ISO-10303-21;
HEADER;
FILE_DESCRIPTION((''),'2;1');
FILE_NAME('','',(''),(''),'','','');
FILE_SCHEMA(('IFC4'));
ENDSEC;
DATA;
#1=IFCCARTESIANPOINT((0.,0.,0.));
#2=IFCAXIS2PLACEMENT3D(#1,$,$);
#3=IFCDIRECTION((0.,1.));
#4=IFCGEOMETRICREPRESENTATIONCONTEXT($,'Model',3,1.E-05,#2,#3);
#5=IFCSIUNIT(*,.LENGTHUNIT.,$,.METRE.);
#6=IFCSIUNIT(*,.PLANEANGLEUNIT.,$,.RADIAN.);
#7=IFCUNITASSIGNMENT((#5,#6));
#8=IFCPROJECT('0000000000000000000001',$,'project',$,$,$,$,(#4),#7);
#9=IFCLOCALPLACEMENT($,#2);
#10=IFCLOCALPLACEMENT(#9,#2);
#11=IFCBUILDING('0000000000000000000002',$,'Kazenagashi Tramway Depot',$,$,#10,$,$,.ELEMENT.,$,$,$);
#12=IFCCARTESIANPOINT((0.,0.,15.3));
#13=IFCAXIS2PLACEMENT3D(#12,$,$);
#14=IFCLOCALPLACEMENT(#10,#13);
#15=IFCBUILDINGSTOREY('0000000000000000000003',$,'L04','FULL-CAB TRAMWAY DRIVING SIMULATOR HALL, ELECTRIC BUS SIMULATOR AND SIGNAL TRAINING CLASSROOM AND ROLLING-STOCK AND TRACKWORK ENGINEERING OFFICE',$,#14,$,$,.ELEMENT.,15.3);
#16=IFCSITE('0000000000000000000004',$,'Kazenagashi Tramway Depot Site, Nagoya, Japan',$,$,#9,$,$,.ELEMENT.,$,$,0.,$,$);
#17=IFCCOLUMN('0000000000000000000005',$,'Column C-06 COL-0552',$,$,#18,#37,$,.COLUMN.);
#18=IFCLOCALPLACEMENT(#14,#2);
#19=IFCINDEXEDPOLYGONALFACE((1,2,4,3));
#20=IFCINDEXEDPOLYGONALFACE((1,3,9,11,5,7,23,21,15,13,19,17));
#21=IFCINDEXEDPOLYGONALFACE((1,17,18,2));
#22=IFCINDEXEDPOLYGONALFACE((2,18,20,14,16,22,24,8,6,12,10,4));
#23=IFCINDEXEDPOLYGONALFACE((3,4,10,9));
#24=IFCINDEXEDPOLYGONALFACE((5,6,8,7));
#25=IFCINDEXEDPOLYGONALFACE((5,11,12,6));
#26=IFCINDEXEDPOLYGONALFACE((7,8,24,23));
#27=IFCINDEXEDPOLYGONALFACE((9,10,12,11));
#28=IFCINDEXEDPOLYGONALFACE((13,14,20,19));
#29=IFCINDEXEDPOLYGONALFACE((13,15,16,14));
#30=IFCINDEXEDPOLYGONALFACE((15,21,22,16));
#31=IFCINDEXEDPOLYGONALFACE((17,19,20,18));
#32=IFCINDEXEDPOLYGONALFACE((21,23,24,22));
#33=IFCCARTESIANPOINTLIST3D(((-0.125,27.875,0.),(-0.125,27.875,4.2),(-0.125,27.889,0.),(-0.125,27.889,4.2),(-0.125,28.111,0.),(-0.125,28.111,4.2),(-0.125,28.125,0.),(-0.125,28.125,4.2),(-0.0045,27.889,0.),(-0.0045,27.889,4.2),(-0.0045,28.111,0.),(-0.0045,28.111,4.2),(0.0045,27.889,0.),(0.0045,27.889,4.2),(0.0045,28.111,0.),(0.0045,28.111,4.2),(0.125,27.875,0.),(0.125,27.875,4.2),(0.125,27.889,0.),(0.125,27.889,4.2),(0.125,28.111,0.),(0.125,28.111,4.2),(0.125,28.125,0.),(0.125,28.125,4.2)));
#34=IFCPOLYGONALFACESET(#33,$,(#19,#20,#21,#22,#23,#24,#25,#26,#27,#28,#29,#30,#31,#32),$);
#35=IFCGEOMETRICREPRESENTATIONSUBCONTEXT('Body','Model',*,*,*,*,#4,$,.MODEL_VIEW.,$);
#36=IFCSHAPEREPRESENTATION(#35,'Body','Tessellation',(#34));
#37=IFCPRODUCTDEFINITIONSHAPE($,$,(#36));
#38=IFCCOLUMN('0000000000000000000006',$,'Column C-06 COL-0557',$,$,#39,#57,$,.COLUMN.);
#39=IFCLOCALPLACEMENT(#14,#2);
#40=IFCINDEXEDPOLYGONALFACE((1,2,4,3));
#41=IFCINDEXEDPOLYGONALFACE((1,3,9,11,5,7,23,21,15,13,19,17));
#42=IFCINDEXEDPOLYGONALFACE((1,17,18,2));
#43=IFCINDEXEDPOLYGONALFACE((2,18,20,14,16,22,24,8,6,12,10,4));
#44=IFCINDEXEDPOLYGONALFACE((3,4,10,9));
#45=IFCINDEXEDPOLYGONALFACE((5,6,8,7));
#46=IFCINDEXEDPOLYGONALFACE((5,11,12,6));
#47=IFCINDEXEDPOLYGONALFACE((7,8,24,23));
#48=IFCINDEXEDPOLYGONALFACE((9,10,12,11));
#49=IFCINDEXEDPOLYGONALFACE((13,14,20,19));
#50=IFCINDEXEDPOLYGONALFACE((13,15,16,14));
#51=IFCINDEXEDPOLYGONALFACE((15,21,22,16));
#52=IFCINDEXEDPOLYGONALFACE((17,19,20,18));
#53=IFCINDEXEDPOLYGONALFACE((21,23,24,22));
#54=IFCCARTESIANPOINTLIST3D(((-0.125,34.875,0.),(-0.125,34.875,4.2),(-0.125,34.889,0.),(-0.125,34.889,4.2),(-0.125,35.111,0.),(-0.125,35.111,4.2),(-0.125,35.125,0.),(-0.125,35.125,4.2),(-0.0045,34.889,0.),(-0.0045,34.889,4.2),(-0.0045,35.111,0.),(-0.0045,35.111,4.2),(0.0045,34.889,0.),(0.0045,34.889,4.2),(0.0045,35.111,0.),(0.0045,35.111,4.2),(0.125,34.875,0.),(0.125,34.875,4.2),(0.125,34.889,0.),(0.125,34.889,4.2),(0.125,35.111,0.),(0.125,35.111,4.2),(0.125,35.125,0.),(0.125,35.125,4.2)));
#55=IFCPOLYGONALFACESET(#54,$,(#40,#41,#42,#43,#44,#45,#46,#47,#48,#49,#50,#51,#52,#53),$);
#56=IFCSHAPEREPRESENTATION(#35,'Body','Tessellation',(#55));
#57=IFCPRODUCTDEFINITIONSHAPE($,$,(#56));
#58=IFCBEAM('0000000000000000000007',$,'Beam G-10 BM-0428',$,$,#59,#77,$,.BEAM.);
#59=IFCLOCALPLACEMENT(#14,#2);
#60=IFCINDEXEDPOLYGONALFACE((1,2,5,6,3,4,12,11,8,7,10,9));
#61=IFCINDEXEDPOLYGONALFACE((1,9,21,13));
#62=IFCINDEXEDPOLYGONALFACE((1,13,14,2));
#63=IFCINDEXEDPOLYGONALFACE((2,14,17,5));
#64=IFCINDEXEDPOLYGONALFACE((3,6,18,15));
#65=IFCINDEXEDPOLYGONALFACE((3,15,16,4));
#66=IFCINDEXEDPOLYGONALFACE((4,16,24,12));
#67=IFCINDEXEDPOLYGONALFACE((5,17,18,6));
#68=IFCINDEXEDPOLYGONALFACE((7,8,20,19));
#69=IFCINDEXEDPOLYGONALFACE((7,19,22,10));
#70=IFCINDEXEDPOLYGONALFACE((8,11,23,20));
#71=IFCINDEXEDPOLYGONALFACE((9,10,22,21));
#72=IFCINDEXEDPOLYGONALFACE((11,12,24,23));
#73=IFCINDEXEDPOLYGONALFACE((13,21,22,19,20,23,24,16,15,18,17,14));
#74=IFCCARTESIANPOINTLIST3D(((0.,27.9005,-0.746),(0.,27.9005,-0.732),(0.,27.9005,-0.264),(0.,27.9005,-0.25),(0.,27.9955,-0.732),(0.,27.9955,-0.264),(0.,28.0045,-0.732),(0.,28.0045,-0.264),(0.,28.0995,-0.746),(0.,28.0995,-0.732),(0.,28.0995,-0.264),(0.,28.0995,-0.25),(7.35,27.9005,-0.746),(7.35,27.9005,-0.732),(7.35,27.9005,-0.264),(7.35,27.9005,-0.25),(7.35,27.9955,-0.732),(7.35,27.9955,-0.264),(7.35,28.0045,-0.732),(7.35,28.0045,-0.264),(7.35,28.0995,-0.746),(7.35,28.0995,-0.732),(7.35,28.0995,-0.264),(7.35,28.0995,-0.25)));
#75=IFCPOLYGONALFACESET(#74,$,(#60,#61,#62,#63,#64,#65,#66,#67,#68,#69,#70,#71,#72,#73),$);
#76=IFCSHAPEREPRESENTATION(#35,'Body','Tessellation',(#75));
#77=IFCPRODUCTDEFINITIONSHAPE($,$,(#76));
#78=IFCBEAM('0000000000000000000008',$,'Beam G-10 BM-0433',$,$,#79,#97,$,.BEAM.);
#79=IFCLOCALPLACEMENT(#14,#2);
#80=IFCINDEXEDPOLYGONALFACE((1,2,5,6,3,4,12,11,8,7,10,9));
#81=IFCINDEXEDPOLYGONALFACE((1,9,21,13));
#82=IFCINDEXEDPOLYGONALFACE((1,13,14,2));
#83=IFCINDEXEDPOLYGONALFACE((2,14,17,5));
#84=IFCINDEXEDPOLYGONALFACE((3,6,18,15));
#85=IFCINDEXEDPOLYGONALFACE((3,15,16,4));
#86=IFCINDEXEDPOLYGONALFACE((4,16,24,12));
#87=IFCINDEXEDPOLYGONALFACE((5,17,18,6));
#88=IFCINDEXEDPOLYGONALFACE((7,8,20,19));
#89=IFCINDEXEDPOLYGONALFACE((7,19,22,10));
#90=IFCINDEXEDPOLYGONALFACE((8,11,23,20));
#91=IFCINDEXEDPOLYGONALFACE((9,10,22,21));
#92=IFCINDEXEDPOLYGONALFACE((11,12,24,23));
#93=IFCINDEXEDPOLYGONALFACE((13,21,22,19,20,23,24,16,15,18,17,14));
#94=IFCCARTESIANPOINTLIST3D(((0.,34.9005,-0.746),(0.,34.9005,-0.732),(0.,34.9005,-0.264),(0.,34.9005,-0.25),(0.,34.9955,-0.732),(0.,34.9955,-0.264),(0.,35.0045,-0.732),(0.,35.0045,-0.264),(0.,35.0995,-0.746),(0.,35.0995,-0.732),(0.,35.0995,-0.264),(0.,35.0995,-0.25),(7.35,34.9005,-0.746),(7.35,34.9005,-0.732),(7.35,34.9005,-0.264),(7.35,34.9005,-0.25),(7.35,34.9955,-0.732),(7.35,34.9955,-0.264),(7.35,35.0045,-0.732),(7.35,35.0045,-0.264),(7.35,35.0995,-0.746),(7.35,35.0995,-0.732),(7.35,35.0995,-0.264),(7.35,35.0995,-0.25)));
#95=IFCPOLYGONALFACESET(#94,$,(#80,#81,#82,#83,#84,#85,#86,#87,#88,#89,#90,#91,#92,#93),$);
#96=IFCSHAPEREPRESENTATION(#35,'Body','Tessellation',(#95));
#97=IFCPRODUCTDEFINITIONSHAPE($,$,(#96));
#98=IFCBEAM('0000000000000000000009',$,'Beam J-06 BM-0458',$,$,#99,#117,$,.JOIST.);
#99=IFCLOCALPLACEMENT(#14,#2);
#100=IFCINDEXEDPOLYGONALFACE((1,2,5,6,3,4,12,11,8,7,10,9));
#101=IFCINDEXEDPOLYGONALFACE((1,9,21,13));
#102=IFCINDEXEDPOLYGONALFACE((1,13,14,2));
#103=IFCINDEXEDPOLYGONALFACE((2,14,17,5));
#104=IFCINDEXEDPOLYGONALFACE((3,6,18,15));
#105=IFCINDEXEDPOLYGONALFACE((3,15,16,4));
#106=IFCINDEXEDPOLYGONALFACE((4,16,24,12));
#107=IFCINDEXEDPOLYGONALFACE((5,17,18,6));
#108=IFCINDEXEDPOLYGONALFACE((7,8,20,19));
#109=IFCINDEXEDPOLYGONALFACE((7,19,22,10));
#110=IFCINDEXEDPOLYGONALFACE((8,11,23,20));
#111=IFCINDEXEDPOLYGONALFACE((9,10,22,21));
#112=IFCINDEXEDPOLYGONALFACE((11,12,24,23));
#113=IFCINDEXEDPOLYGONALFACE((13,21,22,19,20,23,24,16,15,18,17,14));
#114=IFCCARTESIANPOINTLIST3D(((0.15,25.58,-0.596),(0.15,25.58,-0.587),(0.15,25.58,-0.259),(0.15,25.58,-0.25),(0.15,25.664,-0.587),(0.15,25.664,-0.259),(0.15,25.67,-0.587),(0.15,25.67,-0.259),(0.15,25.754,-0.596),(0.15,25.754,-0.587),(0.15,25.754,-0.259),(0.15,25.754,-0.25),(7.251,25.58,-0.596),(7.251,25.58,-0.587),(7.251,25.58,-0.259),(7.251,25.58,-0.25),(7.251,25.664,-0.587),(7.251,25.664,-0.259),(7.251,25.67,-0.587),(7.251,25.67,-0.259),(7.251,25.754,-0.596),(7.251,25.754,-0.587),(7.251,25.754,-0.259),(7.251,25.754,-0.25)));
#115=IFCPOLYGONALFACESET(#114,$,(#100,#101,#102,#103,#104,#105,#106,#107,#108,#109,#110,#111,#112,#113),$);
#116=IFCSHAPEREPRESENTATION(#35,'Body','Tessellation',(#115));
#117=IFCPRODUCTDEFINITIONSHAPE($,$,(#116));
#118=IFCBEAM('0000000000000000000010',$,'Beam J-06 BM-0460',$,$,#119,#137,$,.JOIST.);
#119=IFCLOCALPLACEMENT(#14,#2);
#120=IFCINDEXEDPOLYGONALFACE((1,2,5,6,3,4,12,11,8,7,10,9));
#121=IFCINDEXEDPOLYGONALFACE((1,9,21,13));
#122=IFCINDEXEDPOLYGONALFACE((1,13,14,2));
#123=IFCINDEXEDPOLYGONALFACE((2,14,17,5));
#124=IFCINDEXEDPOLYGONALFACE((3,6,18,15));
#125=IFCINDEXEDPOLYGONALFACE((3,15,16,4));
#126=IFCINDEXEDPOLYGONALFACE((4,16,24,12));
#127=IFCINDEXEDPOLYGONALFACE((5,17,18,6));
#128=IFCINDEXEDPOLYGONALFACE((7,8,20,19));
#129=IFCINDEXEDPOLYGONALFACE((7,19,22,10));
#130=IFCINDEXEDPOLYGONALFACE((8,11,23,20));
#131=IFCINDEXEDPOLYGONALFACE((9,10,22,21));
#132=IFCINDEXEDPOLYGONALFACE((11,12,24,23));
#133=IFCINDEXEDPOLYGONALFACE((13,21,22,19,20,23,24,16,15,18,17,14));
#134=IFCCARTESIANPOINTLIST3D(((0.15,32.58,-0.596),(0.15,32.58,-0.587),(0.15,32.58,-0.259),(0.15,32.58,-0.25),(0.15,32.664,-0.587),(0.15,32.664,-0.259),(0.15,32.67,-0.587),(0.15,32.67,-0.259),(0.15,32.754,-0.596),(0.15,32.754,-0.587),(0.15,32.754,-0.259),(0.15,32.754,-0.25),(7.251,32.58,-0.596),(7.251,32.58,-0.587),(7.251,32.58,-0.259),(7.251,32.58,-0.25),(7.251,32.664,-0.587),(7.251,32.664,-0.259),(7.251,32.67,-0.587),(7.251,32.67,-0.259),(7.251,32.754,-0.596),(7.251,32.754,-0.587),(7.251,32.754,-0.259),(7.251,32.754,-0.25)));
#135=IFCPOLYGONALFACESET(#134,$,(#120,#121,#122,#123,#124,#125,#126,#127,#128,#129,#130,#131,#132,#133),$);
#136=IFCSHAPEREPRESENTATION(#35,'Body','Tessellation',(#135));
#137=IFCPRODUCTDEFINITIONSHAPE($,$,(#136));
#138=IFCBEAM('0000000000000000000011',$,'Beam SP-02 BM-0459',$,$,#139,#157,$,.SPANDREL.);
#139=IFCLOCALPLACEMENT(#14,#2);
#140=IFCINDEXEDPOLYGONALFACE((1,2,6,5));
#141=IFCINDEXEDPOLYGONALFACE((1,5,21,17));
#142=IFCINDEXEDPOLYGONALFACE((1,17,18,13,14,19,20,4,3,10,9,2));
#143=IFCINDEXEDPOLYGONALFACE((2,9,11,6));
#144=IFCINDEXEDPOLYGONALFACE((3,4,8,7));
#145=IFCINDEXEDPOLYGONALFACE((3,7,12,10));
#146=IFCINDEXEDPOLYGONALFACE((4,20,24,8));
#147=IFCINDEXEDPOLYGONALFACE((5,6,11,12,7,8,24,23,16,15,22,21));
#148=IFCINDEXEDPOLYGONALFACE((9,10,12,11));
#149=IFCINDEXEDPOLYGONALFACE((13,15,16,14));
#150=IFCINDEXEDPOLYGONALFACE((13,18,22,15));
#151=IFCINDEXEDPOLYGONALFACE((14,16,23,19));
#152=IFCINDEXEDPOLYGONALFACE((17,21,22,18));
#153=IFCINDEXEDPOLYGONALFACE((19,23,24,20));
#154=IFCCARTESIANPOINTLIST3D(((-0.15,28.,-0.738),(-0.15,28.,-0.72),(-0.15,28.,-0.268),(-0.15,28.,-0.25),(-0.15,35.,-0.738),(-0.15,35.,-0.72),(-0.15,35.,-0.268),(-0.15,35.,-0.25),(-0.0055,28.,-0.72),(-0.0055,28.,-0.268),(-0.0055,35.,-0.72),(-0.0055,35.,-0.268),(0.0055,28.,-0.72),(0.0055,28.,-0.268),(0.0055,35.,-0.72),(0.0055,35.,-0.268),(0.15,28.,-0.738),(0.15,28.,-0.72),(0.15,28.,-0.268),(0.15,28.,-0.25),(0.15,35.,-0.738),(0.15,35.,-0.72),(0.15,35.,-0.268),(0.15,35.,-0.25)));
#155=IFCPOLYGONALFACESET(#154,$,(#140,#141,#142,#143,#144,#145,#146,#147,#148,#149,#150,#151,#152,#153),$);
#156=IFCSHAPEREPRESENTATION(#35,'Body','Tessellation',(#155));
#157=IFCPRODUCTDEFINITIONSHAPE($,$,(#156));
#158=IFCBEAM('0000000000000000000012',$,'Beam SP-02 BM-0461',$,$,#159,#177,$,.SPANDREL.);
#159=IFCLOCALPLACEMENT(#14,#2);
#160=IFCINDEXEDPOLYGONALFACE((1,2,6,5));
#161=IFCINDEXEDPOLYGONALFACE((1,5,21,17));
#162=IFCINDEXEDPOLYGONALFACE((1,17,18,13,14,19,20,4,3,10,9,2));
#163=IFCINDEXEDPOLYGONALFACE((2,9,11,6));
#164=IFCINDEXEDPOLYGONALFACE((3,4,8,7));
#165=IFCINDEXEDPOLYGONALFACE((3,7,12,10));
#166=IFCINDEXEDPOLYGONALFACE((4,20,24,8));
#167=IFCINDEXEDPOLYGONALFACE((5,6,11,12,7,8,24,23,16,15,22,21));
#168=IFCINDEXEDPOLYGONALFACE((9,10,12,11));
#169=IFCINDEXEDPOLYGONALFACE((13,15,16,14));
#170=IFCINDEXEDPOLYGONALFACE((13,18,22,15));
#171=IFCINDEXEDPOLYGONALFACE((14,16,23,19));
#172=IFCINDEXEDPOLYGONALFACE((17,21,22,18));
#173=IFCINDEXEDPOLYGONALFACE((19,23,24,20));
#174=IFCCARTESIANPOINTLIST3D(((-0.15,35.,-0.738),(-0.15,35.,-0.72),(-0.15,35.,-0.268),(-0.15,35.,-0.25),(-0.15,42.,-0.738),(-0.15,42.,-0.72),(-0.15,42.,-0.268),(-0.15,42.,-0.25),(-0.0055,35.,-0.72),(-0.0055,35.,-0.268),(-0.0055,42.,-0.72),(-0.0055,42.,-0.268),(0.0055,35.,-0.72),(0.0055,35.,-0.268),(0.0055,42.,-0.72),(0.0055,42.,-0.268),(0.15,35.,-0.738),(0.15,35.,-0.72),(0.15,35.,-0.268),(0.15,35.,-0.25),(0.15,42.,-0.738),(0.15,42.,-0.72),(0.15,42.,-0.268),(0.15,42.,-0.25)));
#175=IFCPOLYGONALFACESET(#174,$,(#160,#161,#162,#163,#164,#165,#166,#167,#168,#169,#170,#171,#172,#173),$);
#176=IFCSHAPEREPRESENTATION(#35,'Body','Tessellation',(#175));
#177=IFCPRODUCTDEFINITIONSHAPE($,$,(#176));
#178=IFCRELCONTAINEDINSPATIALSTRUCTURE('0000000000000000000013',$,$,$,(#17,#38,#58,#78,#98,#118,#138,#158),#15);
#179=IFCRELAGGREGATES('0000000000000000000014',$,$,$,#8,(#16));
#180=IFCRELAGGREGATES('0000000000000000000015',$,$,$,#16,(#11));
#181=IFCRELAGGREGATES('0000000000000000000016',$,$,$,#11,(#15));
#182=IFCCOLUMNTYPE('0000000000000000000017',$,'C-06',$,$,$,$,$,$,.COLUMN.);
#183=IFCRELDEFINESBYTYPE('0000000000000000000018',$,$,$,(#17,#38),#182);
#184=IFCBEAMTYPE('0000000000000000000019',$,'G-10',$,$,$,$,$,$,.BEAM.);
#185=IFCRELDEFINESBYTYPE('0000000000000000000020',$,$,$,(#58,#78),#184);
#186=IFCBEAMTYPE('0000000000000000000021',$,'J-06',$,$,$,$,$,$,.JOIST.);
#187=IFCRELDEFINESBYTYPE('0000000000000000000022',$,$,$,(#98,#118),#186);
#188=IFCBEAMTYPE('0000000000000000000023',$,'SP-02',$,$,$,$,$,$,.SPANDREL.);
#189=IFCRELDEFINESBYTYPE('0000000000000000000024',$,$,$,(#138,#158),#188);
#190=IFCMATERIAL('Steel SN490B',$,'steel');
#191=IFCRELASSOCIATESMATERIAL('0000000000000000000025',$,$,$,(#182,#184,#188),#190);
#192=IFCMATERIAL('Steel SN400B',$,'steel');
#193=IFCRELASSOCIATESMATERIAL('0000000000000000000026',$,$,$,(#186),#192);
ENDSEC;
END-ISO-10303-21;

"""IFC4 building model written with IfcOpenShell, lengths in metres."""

from ifc_helpers import new_model, si_unit, direction, frame, origin, origin_2d, place, context, subcontext, project, spatial, i_section, extrude, material, material_profile, profile_set, type_object, element, save


model = new_model("IFC4")

# Units and contexts
model_context = context("Model", 3, precision=1e-05, world=origin(), true_north=direction((0.0, 1.0)))
body_context = subcontext(model_context, "Body", "Model", "MODEL_VIEW")
ifc_project = project(units=[si_unit("LENGTHUNIT", "METRE"), si_unit("PLANEANGLEUNIT", "RADIAN")], contexts=[model_context])

# Site, building, storey
site_placement = place(None, origin())
site = spatial("IfcSite", under=ifc_project, at=site_placement, Name="Kazenagashi Tramway Depot Site, Nagoya, Japan", CompositionType="ELEMENT", RefElevation=0.0)
building_placement = place(site_placement, origin())
building = spatial("IfcBuilding", under=site, at=building_placement, Name="Kazenagashi Tramway Depot", CompositionType="ELEMENT")
storey_placement = place(building_placement, frame((0.0, 0.0, 15.3)))
storey = spatial("IfcBuildingStorey", under=building, at=storey_placement, Name="L04", Description="FULL-CAB TRAMWAY DRIVING SIMULATOR HALL, ELECTRIC BUS SIMULATOR AND SIGNAL TRAINING CLASSROOM AND ROLLING-STOCK AND TRACKWORK ENGINEERING OFFICE", CompositionType="ELEMENT", Elevation=15.3)

# Columns
ifc_material_1 = material(Name="Steel SN490B", Category="steel")
ifc_material_profile_1 = material_profile(ifc_material_1, i_section(OverallWidth=0.25, OverallDepth=0.25, WebThickness=0.009, FlangeThickness=0.014, at=origin_2d()), Name="H-250x250x9x14")
ifc_profile_set_1 = profile_set([ifc_material_profile_1], Name="Steel SN490B")
column_type = type_object("IfcColumnType", Name="C-06", PredefinedType="COLUMN", material=ifc_profile_set_1)
for number, where, z_axis, x_axis, name in (
    (1, (0.0, 28.0, 0.0), (0.0, 0.0, 1.0), (1.0, 0.0, 0.0), "Column C-06 COL-0552"),
    (2, (0.0, 35.0, 0.0), (0.0, 0.0, 1.0), (1.0, 0.0, 0.0), "Column C-06 COL-0557"),
):
    element("IfcColumn", number, at=place(storey_placement, frame(where, z_axis=z_axis, x_axis=x_axis)), inside=storey, type_object=column_type, Name=name, PredefinedType="COLUMN", context=body_context, shape_type="SweptSolid", body=[
        extrude(i_section(OverallWidth=0.25, OverallDepth=0.25, WebThickness=0.009, FlangeThickness=0.014, at=origin_2d()), origin(), (0.0, 0.0, 1.0), 4.2),
    ])

# Beams
ifc_material_profile_2 = material_profile(ifc_material_1, i_section(OverallWidth=0.199, OverallDepth=0.496, WebThickness=0.009, FlangeThickness=0.014, at=origin_2d()), Name="H-496x199x9x14")
ifc_profile_set_2 = profile_set([ifc_material_profile_2], Name="Steel SN490B")
beam_type_1 = type_object("IfcBeamType", Name="G-10", PredefinedType="BEAM", material=ifc_profile_set_2)
for number, where, z_axis, x_axis, name in (
    (3, (0.0, 28.0, -0.498), (1.0, 0.0, 0.0), (0.0, 1.0, 0.0), "Beam G-10 BM-0428"),
    (4, (0.0, 35.0, -0.498), (1.0, 0.0, 0.0), (0.0, 1.0, 0.0), "Beam G-10 BM-0433"),
):
    element("IfcBeam", number, at=place(storey_placement, frame(where, z_axis=z_axis, x_axis=x_axis)), inside=storey, type_object=beam_type_1, Name=name, PredefinedType="BEAM", context=body_context, shape_type="SweptSolid", body=[
        extrude(i_section(OverallWidth=0.199, OverallDepth=0.496, WebThickness=0.009, FlangeThickness=0.014, at=origin_2d()), origin(), (0.0, 0.0, 1.0), 7.35),
    ])
ifc_material_2 = material(Name="Steel SN400B", Category="steel")
ifc_material_profile_3 = material_profile(ifc_material_2, i_section(OverallWidth=0.174, OverallDepth=0.346, WebThickness=0.006, FlangeThickness=0.009, at=origin_2d()), Name="H-346x174x6x9")
ifc_profile_set_3 = profile_set([ifc_material_profile_3], Name="Steel SN400B")
beam_type_2 = type_object("IfcBeamType", Name="J-06", PredefinedType="JOIST", material=ifc_profile_set_3)
for number, where, z_axis, x_axis, name in (
    (5, (0.15, 25.667, -0.423), (1.0, 0.0, 0.0), (0.0, 1.0, 0.0), "Beam J-06 BM-0458"),
    (6, (0.15, 32.667, -0.423), (1.0, 0.0, 0.0), (0.0, 1.0, 0.0), "Beam J-06 BM-0460"),
):
    element("IfcBeam", number, at=place(storey_placement, frame(where, z_axis=z_axis, x_axis=x_axis)), inside=storey, type_object=beam_type_2, Name=name, PredefinedType="JOIST", context=body_context, shape_type="SweptSolid", body=[
        extrude(i_section(OverallWidth=0.174, OverallDepth=0.346, WebThickness=0.006, FlangeThickness=0.009, at=origin_2d()), origin(), (0.0, 0.0, 1.0), 7.101),
    ])
ifc_material_profile_4 = material_profile(ifc_material_1, i_section(OverallWidth=0.3, OverallDepth=0.488, WebThickness=0.011, FlangeThickness=0.018, at=origin_2d()), Name="H-488x300x11x18")
ifc_profile_set_4 = profile_set([ifc_material_profile_4], Name="Steel SN490B")
beam_type_3 = type_object("IfcBeamType", Name="SP-02", PredefinedType="SPANDREL", material=ifc_profile_set_4)
for number, where, z_axis, x_axis, name in (
    (7, (0.0, 28.0, -0.494), (0.0, 1.0, 0.0), (-1.0, 0.0, 0.0), "Beam SP-02 BM-0459"),
    (8, (0.0, 35.0, -0.494), (0.0, 1.0, 0.0), (-1.0, 0.0, 0.0), "Beam SP-02 BM-0461"),
):
    element("IfcBeam", number, at=place(storey_placement, frame(where, z_axis=z_axis, x_axis=x_axis)), inside=storey, type_object=beam_type_3, Name=name, PredefinedType="SPANDREL", context=body_context, shape_type="SweptSolid", body=[
        extrude(i_section(OverallWidth=0.3, OverallDepth=0.488, WebThickness=0.011, FlangeThickness=0.018, at=origin_2d()), origin(), (0.0, 0.0, 1.0), 7.0),
    ])

save(model, "model.ifc")
